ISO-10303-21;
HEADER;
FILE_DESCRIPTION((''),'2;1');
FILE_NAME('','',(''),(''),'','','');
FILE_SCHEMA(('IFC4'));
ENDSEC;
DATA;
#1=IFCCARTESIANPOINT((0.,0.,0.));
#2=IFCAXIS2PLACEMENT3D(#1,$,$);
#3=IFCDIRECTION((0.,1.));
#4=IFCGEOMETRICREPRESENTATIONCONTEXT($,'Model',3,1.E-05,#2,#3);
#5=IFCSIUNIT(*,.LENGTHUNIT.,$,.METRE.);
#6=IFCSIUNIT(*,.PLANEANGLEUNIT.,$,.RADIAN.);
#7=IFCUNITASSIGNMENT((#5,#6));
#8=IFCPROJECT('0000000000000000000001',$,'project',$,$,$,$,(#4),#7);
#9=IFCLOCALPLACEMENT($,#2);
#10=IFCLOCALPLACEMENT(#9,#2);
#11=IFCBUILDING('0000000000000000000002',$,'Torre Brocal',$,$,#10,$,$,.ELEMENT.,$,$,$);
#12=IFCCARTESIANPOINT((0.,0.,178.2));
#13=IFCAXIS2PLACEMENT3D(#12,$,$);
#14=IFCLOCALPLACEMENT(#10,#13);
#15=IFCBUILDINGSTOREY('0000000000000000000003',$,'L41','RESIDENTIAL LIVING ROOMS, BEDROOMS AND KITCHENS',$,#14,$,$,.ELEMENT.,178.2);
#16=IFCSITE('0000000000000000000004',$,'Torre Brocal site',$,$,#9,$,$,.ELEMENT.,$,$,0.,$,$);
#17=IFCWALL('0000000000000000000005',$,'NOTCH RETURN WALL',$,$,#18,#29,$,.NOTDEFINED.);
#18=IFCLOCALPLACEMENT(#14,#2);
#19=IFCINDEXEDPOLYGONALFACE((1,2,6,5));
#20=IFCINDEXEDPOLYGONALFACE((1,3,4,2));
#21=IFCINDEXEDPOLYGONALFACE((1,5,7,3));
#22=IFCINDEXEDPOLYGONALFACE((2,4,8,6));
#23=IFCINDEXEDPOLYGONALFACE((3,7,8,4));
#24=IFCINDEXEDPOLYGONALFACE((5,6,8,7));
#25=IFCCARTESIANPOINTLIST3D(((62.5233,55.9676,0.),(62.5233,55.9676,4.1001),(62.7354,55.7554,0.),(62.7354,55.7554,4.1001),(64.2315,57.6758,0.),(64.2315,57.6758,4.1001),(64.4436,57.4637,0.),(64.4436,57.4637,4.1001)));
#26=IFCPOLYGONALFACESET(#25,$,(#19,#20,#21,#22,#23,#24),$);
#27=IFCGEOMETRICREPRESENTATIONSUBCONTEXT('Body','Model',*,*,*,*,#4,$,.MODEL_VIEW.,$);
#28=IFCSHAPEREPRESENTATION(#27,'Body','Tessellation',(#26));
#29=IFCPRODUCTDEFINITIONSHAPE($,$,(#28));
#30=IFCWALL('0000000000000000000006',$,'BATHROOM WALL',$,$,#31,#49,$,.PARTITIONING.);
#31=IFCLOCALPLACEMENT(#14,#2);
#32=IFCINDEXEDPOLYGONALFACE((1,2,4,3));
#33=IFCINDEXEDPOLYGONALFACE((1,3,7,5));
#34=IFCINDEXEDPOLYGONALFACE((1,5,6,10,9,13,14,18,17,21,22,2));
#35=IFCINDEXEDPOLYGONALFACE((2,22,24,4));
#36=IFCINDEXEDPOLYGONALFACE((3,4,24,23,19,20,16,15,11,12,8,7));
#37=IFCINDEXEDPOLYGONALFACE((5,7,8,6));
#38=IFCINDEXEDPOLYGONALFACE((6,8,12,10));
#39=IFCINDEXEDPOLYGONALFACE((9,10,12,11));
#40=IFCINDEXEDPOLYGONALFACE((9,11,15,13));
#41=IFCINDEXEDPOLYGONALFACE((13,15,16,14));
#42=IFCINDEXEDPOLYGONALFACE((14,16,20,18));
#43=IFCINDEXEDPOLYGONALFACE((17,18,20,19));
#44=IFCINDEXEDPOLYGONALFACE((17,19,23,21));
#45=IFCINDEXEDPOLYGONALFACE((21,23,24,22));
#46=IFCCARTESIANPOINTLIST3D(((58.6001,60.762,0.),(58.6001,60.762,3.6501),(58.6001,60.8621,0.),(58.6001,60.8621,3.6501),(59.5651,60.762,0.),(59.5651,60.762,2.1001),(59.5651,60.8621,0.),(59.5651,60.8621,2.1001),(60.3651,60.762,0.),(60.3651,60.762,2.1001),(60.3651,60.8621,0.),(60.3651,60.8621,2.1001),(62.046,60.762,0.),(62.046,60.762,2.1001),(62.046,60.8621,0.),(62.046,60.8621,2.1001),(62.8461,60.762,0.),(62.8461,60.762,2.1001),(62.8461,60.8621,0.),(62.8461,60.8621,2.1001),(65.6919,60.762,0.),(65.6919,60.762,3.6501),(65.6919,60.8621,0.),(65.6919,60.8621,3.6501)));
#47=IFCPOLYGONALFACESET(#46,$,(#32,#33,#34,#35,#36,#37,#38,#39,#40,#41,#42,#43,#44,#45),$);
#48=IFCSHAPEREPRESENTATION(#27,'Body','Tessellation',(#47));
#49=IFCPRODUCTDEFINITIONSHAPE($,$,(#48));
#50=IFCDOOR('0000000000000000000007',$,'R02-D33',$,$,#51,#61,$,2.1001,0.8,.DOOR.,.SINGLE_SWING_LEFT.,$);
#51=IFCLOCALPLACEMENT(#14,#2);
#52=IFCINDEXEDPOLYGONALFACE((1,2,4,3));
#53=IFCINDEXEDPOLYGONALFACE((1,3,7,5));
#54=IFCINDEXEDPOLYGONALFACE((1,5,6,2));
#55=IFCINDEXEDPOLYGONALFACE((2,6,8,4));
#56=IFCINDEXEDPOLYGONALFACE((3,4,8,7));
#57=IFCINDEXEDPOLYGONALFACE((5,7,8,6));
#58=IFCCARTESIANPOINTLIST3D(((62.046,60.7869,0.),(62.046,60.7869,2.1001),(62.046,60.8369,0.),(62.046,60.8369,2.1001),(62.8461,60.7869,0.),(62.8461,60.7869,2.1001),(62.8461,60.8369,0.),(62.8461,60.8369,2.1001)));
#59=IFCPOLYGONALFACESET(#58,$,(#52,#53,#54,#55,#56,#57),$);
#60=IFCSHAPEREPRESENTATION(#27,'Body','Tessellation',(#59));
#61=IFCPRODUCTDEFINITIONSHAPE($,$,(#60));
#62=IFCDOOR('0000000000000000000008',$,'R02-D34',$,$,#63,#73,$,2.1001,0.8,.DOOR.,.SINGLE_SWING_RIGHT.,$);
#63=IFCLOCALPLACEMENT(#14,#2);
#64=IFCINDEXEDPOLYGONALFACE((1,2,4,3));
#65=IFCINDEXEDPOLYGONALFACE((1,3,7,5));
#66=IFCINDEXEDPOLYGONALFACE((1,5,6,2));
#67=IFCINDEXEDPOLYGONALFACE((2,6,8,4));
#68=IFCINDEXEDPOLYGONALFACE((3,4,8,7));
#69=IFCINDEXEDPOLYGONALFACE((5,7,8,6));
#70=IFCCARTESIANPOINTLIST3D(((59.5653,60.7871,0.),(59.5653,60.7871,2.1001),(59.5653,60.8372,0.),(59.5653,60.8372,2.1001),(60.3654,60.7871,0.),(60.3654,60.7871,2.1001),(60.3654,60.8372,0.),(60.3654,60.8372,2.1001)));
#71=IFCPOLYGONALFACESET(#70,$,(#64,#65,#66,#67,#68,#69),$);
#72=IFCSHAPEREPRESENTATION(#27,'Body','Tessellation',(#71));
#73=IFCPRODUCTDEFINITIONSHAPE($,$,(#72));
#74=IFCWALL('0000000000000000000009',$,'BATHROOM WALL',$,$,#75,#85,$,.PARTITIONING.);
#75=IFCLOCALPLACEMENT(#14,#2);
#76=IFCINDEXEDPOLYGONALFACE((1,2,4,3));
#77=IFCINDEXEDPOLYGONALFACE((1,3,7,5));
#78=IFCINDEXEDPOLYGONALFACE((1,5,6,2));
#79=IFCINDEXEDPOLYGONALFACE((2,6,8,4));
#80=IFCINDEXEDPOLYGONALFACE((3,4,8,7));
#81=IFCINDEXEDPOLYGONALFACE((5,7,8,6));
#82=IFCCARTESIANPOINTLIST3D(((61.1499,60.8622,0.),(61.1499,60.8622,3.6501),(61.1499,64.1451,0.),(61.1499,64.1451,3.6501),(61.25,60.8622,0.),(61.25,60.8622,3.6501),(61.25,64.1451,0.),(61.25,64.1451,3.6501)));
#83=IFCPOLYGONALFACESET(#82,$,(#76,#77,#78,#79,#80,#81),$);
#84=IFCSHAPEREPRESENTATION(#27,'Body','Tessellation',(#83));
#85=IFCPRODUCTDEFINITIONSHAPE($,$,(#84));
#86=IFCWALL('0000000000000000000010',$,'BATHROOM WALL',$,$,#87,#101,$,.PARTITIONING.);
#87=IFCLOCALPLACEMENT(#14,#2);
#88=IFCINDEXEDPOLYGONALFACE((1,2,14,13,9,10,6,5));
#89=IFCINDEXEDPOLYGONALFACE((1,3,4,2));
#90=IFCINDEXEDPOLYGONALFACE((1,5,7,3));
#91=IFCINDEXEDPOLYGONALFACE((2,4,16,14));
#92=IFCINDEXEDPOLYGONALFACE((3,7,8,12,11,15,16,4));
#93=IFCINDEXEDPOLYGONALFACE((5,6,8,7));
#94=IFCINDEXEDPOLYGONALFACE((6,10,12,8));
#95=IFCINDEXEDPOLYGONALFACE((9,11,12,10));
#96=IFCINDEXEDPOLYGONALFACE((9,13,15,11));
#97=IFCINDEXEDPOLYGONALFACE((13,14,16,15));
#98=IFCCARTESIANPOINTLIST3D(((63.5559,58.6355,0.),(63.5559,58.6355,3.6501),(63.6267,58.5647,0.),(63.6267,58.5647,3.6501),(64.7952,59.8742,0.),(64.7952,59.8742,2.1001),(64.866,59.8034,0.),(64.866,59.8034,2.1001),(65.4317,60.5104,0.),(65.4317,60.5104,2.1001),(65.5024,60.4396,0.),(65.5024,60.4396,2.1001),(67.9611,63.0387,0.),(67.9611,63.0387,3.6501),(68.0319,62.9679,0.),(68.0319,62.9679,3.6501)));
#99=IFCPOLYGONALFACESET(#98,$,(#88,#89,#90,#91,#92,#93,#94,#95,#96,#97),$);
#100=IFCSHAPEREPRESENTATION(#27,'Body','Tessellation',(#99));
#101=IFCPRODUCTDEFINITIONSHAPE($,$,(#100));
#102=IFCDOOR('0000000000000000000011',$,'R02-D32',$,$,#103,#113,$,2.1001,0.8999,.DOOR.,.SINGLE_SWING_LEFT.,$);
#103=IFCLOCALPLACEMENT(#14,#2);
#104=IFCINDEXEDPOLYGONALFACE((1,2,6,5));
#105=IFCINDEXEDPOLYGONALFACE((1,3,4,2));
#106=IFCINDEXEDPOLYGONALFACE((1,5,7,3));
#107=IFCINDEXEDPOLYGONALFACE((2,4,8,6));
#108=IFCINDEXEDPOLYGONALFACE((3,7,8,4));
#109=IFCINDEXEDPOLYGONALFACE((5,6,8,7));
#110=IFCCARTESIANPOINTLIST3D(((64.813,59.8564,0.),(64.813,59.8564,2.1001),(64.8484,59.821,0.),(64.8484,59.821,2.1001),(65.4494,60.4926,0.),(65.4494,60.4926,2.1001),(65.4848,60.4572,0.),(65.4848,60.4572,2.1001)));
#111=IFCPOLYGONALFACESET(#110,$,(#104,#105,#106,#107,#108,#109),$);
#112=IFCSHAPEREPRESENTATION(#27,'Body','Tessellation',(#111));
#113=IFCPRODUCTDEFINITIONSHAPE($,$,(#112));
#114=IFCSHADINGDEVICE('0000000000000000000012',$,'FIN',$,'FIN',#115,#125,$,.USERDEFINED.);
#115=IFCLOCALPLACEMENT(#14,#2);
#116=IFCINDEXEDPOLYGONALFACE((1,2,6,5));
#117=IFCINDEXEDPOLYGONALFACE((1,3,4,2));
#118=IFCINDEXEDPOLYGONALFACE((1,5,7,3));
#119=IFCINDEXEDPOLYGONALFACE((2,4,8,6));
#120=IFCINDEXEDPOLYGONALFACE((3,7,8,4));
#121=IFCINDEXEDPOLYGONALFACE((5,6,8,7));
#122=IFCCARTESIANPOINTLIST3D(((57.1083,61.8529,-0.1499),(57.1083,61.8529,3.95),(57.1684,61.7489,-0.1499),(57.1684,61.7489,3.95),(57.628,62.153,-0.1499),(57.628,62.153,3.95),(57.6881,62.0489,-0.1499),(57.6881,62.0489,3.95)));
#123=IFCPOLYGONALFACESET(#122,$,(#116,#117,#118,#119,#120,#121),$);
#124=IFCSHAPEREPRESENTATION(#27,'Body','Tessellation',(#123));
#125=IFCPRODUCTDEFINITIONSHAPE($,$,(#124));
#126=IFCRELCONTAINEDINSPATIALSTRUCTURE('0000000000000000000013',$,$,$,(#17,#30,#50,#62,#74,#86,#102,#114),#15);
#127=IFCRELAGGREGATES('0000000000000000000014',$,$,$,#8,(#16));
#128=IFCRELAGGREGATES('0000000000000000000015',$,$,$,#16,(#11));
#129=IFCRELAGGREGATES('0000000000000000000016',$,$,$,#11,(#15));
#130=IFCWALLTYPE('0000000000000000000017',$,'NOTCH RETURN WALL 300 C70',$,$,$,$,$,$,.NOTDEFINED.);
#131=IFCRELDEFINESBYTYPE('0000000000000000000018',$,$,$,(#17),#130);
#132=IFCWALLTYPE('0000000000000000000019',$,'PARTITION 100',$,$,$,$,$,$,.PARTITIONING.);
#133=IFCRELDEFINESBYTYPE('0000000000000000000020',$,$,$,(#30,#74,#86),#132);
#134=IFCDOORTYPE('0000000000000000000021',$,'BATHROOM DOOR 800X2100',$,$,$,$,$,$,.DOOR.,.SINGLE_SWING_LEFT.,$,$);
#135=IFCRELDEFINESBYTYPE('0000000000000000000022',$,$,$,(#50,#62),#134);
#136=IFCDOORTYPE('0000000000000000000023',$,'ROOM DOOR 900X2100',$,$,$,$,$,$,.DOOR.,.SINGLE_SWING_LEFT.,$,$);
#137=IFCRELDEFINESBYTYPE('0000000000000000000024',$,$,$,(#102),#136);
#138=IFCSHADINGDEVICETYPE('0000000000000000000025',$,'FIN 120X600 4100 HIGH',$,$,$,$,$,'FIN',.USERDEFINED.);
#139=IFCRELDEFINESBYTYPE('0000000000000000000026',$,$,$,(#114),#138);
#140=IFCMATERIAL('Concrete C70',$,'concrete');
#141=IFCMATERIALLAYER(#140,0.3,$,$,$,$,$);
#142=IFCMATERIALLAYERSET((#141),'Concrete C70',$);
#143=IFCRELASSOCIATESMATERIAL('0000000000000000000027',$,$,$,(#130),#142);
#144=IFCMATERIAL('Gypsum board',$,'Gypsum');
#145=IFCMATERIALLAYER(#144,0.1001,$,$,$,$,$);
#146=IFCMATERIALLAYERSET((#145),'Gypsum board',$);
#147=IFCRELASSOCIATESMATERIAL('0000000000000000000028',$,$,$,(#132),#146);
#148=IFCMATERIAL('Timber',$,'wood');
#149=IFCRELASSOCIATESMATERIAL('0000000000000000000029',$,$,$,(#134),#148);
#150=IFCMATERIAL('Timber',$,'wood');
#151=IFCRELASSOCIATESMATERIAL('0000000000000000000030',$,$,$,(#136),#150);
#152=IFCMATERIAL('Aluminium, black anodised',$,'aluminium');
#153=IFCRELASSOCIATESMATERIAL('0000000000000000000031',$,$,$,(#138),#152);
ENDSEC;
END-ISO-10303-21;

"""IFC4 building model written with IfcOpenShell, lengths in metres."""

from ifc_helpers import new_model, si_unit, direction, frame, frame_2d, origin, origin_2d, place, context, subcontext, project, spatial, rectangle, extrude, material, layer, layer_set, material_profile, profile_set, type_object, element, fill, save


model = new_model("IFC4")

# Units and contexts
model_context = context("Model", 3, precision=1e-05, world=origin(), true_north=direction((0.0, 1.0)))
body_context = subcontext(model_context, "Body", "Model", "MODEL_VIEW")
ifc_project = project(units=[si_unit("LENGTHUNIT", "METRE"), si_unit("PLANEANGLEUNIT", "RADIAN")], contexts=[model_context])

# Site, building, storey
site_placement = place(None, origin())
site = spatial("IfcSite", under=ifc_project, at=site_placement, Name="Torre Brocal site", CompositionType="ELEMENT", RefElevation=0.0)
building_placement = place(site_placement, origin())
building = spatial("IfcBuilding", under=site, at=building_placement, Name="Torre Brocal", CompositionType="ELEMENT")
storey_placement = place(building_placement, frame((0.0, 0.0, 178.2)))
storey = spatial("IfcBuildingStorey", under=building, at=storey_placement, Name="L41", Description="RESIDENTIAL LIVING ROOMS, BEDROOMS AND KITCHENS", CompositionType="ELEMENT", Elevation=178.2)

# Wall
ifc_material_1 = material(Name="Concrete C70", Category="concrete")
ifc_layer_1 = layer(ifc_material_1, 0.3)
ifc_layer_set_1 = layer_set([ifc_layer_1], Name="Concrete C70")
wall_type_1 = type_object("IfcWallType", Name="NOTCH RETURN WALL 300 C70", PredefinedType="NOTDEFINED", material=ifc_layer_set_1)
for number, where, z_axis, x_axis, name in (
    (1, (64.3376, 57.5698, 0.0), (0.0, 0.0, 1.0), (-0.707107, -0.707107, 0.0), "NOTCH RETURN WALL"),
):
    element("IfcWall", number, at=place(storey_placement, frame(where, z_axis=z_axis, x_axis=x_axis)), inside=storey, type_object=wall_type_1, Name=name, PredefinedType="NOTDEFINED", context=body_context, shape_type="SweptSolid", body=[
        extrude(rectangle(XDim=2.4158, YDim=0.3, at=frame_2d((1.208, 0.0))), origin(), (0.0, 0.0, 1.0), 4.1001),
    ])

# Wall, openings, doors
ifc_material_2 = material(Name="Gypsum board", Category="Gypsum")
ifc_layer_2 = layer(ifc_material_2, 0.1001)
ifc_layer_set_2 = layer_set([ifc_layer_2], Name="Gypsum board")
wall_type_2 = type_object("IfcWallType", Name="PARTITION 100", PredefinedType="PARTITIONING", material=ifc_layer_set_2)
wall_1_placement = place(storey_placement, frame((58.6001, 60.812, 0.0), z_axis=(0.0, 0.0, 1.0), x_axis=(1.0, 0.0, 0.0)))
wall_1 = element("IfcWall", 2, at=wall_1_placement, inside=storey, type_object=wall_type_2, Name="BATHROOM WALL", PredefinedType="PARTITIONING", context=body_context, shape_type="SweptSolid", body=[
    extrude(rectangle(XDim=7.0918, YDim=0.1001, at=frame_2d((3.5459, 0.0))), origin(), (0.0, 0.0, 1.0), 3.6501),
])
opening_1_placement = place(wall_1_placement, frame((3.446, 0.0, 0.0)))
opening_1 = element("IfcOpeningElement", 3, at=opening_1_placement, cuts=wall_1, PredefinedType="OPENING", context=body_context, shape_type="SweptSolid", body=[
    extrude(rectangle(XDim=0.8, YDim=2.1001, at=frame_2d((0.3999, 1.05))), frame((0.0, 0.0601, 0.0), z_axis=(0.0, -1.0, 0.0), x_axis=(1.0, 0.0, 0.0)), (0.0, 0.0, 1.0), 0.1201),
])
opening_2_placement = place(wall_1_placement, frame((0.9651, 0.0, 0.0)))
opening_2 = element("IfcOpeningElement", 4, at=opening_2_placement, cuts=wall_1, PredefinedType="OPENING", context=body_context, shape_type="SweptSolid", body=[
    extrude(rectangle(XDim=0.8, YDim=2.1001, at=frame_2d((0.3999, 1.05))), frame((0.0, 0.0601, 0.0), z_axis=(0.0, -1.0, 0.0), x_axis=(1.0, 0.0, 0.0)), (0.0, 0.0, 1.0), 0.1201),
])
ifc_material_3 = material(Name="Timber", Category="wood")
door_type_1 = type_object("IfcDoorType", Name="BATHROOM DOOR 800X2100", OperationType="SINGLE_SWING_LEFT", PredefinedType="DOOR", material=ifc_material_3)
door_1_placement = place(opening_1_placement, origin())
door_1 = element("IfcDoor", 5, at=door_1_placement, inside=storey, type_object=door_type_1, Name="R02-D33", OperationType="SINGLE_SWING_LEFT", OverallHeight=2.1001, OverallWidth=0.8, PredefinedType="DOOR", context=body_context, shape_type="SweptSolid", body=[
    extrude(rectangle(XDim=0.8, YDim=2.1001, at=frame_2d((0.3999, 1.05))), frame((0.0, 0.0249, 0.0), z_axis=(0.0, -1.0, 0.0), x_axis=(1.0, 0.0, 0.0)), (0.0, 0.0, 1.0), 0.05),
])
fill(opening_1, door_1)
door_2_placement = place(opening_2_placement, frame((0.8, 0.0, 0.0), z_axis=(0.0, 0.0, 1.0), x_axis=(-1.0, 0.0, 0.0)))
door_2 = element("IfcDoor", 6, at=door_2_placement, inside=storey, type_object=door_type_1, Name="R02-D34", OperationType="SINGLE_SWING_RIGHT", OverallHeight=2.1001, OverallWidth=0.8, PredefinedType="DOOR", context=body_context, shape_type="SweptSolid", body=[
    extrude(rectangle(XDim=0.8, YDim=2.1001, at=frame_2d((0.3999, 1.05))), frame((0.0, 0.0249, 0.0), z_axis=(0.0, -1.0, 0.0), x_axis=(1.0, 0.0, 0.0)), (0.0, 0.0, 1.0), 0.05),
])
fill(opening_2, door_2)

# Wall
wall_2_placement = place(storey_placement, frame((61.2, 60.8621, 0.0), z_axis=(0.0, 0.0, 1.0), x_axis=(0.0, 1.0, 0.0)))
element("IfcWall", 7, at=wall_2_placement, inside=storey, type_object=wall_type_2, Name="BATHROOM WALL", PredefinedType="PARTITIONING", context=body_context, shape_type="SweptSolid", body=[
    extrude(rectangle(XDim=3.283, YDim=0.1001, at=frame_2d((1.6416, 0.0))), origin(), (0.0, 0.0, 1.0), 3.6501),
])

# Wall, opening, door
wall_3_placement = place(storey_placement, frame((63.5913, 58.6001, 0.0), z_axis=(0.0, 0.0, 1.0), x_axis=(0.707264, 0.70695, 0.0)))
wall_3 = element("IfcWall", 8, at=wall_3_placement, inside=storey, type_object=wall_type_2, Name="BATHROOM WALL", PredefinedType="PARTITIONING", context=body_context, shape_type="SweptSolid", body=[
    extrude(rectangle(XDim=6.2285, YDim=0.1001, at=frame_2d((3.1143, 0.0))), origin(), (0.0, 0.0, 1.0), 3.6501),
])
opening_3_placement = place(wall_3_placement, frame((1.7522, 0.0, 0.0)))
opening_3 = element("IfcOpeningElement", 9, at=opening_3_placement, cuts=wall_3, PredefinedType="OPENING", context=body_context, shape_type="SweptSolid", body=[
    extrude(rectangle(XDim=0.8999, YDim=2.1001, at=frame_2d((0.45, 1.05))), frame((0.0, 0.0601, 0.0), z_axis=(0.0, -1.0, 0.0), x_axis=(1.0, 0.0, 0.0)), (0.0, 0.0, 1.0), 0.1201),
])
ifc_material_4 = material(Name="Timber", Category="wood")
door_type_2 = type_object("IfcDoorType", Name="ROOM DOOR 900X2100", OperationType="SINGLE_SWING_LEFT", PredefinedType="DOOR", material=ifc_material_4)
door_3_placement = place(opening_3_placement, origin())
door_3 = element("IfcDoor", 10, at=door_3_placement, inside=storey, type_object=door_type_2, Name="R02-D32", OperationType="SINGLE_SWING_LEFT", OverallHeight=2.1001, OverallWidth=0.8999, PredefinedType="DOOR", context=body_context, shape_type="SweptSolid", body=[
    extrude(rectangle(XDim=0.8999, YDim=2.1001, at=frame_2d((0.45, 1.05))), frame((0.0, 0.0249, 0.0), z_axis=(0.0, -1.0, 0.0), x_axis=(1.0, 0.0, 0.0)), (0.0, 0.0, 1.0), 0.05),
])
fill(opening_3, door_3)

# Shading device
ifc_material_5 = material(Name="Aluminium, black anodised", Category="aluminium")
ifc_material_profile_1 = material_profile(ifc_material_5, rectangle(XDim=0.1201, YDim=0.6001, at=origin_2d()), Name="FIN 120X600 4100 HIGH")
ifc_profile_set_1 = profile_set([ifc_material_profile_1], Name="Aluminium, black anodised")
shading_device_type = type_object("IfcShadingDeviceType", Name="FIN 120X600 4100 HIGH", ElementType="FIN", PredefinedType="USERDEFINED", material=ifc_profile_set_1)
shading_device_placement = place(storey_placement, frame((57.3982, 61.9509, -0.1499), z_axis=(0.0, 0.0, 1.0), x_axis=(0.5, -0.866025, 0.0)))
element("IfcShadingDevice", 11, at=shading_device_placement, inside=storey, type_object=shading_device_type, Name="FIN", ObjectType="FIN", PredefinedType="USERDEFINED", context=body_context, shape_type="SweptSolid", body=[
    extrude(rectangle(XDim=0.1201, YDim=0.6001, at=origin_2d()), origin(), (0.0, 0.0, 1.0), 4.0999),
])

save(model, "model.ifc")
